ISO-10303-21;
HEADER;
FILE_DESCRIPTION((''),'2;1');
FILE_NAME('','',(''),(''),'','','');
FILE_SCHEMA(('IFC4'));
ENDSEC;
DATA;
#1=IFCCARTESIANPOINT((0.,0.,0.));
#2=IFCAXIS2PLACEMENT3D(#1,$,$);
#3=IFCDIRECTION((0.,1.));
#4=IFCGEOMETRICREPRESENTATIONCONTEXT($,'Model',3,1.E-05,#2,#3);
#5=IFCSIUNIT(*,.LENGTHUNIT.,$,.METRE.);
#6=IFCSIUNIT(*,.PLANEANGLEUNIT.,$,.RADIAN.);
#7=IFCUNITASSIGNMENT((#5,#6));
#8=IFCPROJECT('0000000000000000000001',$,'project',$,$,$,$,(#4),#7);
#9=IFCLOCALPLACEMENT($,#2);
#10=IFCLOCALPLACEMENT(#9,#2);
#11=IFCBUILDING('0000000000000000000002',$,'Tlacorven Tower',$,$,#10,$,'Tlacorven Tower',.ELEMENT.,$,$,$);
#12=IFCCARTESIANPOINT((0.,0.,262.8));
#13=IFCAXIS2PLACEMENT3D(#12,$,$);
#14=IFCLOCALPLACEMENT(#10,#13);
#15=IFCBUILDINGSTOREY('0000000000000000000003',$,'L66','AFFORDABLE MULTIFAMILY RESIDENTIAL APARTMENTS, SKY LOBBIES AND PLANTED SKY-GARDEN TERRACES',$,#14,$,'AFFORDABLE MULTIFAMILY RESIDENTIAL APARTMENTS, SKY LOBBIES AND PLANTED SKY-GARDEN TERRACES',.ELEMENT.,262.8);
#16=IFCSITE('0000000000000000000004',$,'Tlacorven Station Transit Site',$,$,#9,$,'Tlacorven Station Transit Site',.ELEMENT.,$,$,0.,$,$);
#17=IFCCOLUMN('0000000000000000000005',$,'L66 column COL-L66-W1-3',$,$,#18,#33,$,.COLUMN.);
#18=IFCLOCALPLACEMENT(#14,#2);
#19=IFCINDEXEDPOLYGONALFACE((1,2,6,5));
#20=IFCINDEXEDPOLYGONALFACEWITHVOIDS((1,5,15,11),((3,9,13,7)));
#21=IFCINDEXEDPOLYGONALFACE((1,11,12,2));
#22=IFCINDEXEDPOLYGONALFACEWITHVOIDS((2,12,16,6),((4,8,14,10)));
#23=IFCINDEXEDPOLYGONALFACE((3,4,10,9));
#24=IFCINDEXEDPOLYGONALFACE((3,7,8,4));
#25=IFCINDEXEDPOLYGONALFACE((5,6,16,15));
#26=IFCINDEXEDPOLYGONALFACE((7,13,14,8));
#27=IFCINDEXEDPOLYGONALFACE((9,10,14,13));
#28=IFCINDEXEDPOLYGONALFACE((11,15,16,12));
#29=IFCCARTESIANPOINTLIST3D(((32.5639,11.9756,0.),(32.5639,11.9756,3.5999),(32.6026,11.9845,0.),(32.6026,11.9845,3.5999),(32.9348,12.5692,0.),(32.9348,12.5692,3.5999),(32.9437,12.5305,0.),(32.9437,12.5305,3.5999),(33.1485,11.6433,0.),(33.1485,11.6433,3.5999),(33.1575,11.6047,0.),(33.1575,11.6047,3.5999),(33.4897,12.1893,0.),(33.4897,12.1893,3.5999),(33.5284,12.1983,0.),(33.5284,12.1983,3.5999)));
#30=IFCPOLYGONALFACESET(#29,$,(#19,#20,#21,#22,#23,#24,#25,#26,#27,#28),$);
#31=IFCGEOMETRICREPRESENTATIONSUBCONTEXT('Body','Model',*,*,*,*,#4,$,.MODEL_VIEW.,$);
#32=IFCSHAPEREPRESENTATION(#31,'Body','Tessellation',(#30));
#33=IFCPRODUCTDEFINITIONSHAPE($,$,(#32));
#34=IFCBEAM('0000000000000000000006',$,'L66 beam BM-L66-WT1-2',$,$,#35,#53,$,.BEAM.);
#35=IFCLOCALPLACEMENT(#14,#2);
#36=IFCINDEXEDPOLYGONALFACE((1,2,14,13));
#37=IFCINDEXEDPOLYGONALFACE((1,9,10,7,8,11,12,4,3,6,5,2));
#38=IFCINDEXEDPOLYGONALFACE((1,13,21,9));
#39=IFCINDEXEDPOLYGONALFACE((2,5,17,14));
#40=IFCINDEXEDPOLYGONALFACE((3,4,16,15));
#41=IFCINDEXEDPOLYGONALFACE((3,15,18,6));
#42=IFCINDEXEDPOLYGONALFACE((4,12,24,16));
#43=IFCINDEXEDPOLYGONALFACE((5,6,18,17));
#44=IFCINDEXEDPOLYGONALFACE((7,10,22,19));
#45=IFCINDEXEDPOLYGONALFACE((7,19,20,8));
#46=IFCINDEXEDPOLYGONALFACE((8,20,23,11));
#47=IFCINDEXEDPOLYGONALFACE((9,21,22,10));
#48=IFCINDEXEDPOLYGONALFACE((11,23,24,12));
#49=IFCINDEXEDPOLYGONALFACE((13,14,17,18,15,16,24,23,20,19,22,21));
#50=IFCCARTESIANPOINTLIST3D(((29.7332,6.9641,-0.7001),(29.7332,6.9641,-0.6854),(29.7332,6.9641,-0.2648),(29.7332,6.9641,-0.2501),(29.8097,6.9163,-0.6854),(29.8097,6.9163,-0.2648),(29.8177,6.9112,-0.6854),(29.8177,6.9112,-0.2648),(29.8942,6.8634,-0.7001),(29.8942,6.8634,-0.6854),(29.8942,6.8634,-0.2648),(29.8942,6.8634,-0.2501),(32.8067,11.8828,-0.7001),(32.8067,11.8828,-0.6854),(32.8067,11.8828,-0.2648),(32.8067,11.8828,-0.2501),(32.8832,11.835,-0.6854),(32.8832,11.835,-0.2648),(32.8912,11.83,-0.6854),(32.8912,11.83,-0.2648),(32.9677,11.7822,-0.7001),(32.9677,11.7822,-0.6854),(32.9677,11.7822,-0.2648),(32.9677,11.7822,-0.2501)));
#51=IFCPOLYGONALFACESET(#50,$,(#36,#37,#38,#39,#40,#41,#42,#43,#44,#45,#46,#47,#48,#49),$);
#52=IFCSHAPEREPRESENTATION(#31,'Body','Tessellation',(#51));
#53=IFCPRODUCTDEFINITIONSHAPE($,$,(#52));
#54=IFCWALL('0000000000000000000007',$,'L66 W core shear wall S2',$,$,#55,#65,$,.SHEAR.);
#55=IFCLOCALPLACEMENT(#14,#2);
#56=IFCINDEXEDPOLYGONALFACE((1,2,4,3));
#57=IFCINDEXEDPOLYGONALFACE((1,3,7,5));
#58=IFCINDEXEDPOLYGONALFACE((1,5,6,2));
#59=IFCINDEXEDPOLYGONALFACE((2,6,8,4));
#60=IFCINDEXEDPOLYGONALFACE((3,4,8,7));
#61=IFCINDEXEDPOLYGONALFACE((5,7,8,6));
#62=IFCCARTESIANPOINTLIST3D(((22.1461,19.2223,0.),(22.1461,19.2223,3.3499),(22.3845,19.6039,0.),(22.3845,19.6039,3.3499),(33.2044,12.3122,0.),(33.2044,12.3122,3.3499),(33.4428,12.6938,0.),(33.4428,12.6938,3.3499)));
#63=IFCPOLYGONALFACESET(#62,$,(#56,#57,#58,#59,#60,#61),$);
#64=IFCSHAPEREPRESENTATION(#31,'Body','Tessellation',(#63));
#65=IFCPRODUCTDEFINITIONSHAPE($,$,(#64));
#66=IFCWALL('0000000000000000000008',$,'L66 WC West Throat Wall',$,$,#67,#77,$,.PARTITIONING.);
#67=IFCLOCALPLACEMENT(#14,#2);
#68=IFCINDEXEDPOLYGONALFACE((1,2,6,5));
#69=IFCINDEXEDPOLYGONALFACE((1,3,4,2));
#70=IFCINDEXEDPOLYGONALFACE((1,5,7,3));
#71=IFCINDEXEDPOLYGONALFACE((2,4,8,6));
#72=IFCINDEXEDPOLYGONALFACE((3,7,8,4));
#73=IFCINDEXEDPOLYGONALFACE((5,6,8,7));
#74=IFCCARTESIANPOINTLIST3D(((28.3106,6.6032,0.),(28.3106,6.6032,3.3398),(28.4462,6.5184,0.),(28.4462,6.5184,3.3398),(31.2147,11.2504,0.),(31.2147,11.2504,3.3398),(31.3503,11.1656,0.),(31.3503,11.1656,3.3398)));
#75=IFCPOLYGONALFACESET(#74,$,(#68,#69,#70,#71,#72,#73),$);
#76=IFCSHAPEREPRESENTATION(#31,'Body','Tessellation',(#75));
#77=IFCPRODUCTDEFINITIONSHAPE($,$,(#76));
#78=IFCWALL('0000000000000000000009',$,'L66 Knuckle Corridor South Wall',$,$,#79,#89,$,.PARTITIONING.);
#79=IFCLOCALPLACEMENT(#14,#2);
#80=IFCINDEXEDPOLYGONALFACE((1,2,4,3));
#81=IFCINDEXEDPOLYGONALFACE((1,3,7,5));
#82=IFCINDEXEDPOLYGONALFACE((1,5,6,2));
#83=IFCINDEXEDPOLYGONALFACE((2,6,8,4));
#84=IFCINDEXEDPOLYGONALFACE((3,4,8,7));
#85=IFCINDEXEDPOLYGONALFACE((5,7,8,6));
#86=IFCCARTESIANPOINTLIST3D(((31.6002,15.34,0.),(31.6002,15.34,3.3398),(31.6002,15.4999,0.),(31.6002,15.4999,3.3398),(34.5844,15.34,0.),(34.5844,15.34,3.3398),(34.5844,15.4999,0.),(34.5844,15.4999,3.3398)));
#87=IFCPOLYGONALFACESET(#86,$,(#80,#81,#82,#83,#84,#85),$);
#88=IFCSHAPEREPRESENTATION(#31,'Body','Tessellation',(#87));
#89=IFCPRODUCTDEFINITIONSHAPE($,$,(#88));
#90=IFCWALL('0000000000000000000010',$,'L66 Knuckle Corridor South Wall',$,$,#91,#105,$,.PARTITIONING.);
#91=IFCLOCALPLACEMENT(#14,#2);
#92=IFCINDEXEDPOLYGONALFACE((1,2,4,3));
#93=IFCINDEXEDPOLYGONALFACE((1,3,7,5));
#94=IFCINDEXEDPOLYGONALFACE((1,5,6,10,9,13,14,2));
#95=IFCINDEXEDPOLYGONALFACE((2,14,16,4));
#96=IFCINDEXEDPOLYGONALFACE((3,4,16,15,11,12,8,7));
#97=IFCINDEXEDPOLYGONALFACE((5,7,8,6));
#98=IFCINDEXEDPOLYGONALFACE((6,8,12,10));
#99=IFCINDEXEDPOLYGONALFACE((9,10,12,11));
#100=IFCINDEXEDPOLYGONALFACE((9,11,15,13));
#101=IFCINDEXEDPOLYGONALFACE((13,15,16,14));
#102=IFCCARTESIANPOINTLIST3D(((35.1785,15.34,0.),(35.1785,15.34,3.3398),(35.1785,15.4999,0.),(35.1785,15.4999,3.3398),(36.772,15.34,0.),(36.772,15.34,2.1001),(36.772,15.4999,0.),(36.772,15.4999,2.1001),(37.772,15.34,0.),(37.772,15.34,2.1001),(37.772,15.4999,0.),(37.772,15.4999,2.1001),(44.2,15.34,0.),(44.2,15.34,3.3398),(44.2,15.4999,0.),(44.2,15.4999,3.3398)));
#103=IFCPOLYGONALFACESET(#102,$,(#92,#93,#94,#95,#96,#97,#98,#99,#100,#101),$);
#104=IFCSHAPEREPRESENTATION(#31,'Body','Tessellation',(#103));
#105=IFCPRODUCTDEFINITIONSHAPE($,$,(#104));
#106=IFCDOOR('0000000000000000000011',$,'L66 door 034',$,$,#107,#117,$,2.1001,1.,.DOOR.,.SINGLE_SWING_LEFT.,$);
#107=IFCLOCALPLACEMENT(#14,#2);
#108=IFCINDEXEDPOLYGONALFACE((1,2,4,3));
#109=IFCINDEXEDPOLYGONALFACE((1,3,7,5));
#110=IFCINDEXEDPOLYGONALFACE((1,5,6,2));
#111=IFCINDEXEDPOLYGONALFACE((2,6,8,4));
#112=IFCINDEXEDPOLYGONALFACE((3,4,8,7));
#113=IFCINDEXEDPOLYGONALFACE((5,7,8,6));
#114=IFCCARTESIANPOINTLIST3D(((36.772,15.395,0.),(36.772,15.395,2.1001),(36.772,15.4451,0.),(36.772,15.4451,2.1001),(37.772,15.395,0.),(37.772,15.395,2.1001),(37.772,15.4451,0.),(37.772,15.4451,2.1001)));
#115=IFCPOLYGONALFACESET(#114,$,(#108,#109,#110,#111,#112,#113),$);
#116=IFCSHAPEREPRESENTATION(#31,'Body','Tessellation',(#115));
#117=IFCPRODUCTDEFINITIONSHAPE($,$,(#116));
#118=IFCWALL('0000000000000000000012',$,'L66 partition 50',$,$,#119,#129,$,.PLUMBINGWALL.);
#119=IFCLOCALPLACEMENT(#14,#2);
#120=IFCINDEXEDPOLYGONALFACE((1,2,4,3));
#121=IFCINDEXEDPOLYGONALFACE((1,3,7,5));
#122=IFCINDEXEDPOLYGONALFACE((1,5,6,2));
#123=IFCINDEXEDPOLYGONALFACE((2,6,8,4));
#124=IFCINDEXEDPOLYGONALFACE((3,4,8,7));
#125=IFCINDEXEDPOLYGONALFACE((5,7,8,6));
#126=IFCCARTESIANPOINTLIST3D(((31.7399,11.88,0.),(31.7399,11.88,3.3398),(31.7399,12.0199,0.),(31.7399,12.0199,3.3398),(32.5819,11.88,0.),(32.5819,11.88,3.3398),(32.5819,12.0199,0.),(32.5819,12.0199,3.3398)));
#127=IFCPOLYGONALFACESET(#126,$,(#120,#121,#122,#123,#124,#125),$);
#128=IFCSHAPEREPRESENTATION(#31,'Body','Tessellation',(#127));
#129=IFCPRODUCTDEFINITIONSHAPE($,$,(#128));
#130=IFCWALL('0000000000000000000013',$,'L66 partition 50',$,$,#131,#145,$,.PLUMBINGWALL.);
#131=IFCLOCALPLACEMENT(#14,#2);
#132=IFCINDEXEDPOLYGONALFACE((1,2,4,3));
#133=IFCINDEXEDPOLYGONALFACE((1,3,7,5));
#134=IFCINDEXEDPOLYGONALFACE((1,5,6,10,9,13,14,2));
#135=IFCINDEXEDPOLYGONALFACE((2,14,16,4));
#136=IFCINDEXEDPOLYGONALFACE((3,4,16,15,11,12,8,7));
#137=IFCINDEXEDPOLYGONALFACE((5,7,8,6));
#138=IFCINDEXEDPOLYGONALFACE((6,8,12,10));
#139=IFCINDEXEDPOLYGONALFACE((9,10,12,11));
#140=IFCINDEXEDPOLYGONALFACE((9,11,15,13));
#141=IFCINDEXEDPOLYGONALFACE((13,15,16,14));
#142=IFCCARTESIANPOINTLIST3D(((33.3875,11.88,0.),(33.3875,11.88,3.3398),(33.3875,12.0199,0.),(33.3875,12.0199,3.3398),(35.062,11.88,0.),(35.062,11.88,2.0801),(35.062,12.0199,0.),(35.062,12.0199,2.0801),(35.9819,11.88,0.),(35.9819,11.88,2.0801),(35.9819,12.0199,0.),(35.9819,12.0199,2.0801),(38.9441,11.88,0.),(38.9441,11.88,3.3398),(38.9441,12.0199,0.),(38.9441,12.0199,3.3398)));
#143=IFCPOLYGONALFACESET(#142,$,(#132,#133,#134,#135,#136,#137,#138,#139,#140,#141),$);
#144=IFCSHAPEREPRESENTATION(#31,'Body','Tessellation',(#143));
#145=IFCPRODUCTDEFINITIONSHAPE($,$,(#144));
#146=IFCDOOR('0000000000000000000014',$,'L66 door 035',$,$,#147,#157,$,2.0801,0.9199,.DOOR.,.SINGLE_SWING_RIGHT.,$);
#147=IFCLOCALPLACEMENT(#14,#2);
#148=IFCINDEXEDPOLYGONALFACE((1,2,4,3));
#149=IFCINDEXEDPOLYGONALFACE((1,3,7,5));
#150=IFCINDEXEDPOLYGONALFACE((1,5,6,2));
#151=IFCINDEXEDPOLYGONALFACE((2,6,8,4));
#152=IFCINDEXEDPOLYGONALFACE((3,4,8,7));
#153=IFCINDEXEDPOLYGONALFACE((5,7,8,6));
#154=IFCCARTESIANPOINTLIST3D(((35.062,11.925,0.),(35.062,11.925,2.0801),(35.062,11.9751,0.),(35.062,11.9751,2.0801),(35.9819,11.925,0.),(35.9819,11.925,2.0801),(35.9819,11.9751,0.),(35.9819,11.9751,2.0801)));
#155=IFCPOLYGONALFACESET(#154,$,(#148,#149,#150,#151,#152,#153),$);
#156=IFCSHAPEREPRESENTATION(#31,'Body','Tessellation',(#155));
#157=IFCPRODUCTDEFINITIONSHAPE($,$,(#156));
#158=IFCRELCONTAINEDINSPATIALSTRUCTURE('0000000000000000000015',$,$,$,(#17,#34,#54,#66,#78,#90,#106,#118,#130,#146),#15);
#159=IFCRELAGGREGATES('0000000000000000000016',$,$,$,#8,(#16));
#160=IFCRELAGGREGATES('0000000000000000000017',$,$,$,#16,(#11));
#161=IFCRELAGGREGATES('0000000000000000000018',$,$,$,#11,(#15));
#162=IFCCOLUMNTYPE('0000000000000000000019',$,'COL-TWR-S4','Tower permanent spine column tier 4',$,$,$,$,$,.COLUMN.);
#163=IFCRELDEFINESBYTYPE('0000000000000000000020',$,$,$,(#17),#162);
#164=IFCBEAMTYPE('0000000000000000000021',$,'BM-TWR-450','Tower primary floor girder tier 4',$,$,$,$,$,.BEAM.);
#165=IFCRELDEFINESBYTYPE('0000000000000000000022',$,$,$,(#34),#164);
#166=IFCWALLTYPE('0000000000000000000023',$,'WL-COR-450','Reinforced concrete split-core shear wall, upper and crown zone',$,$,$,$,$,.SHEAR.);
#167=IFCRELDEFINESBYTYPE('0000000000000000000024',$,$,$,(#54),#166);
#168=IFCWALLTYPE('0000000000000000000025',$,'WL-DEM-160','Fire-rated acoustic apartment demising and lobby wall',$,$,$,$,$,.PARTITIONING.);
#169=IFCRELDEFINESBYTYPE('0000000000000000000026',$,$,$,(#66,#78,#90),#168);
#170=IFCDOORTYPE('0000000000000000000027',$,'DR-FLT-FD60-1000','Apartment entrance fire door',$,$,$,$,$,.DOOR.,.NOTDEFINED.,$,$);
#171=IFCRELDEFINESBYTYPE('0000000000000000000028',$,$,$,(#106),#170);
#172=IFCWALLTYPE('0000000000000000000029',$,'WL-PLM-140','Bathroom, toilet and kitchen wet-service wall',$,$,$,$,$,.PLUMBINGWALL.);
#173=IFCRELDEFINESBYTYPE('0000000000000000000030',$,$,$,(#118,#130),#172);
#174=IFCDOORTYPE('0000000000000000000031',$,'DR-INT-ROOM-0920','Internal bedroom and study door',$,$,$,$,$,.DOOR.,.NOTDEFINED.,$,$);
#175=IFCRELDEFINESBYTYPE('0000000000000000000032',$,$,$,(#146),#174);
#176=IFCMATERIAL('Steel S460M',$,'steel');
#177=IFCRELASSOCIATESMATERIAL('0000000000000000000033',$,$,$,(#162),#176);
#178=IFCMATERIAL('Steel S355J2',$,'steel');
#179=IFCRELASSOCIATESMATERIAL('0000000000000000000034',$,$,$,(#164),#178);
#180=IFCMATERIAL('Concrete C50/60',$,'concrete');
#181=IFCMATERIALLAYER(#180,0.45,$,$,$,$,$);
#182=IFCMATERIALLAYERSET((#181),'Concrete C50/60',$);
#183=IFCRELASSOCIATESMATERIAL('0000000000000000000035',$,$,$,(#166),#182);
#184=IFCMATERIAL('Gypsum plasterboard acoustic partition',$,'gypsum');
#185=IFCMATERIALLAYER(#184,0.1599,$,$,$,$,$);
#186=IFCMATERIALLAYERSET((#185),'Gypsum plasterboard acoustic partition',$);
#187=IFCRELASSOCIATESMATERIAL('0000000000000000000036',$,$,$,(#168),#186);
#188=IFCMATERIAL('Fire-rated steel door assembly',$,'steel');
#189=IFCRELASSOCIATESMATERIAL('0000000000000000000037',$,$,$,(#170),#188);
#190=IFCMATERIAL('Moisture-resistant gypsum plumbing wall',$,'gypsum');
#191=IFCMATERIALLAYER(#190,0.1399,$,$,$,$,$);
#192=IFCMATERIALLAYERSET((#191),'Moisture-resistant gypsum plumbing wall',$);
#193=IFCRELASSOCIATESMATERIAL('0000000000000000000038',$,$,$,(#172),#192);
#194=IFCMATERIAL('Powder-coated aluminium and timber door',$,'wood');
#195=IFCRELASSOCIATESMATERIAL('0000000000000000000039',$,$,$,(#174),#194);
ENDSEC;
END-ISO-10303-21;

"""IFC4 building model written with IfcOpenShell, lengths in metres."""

from ifc_helpers import new_model, si_unit, direction, frame, frame_2d, origin, origin_2d, place, context, subcontext, project, spatial, rectangle, hollow_rectangle, i_section, extrude, source, transform, mapped, material, layer, layer_set, material_profile, profile_set, type_object, element, fill, save


model = new_model("IFC4")

# Units and contexts
model_context = context("Model", 3, precision=1e-05, world=origin(), true_north=direction((0.0, 1.0)))
body_context = subcontext(model_context, "Body", "Model", "MODEL_VIEW")
ifc_project = project(units=[si_unit("LENGTHUNIT", "METRE"), si_unit("PLANEANGLEUNIT", "RADIAN")], contexts=[model_context])

# Site, building, storey
site_placement = place(None, origin())
site = spatial("IfcSite", under=ifc_project, at=site_placement, Name="Tlacorven Station Transit Site", LongName="Tlacorven Station Transit Site", CompositionType="ELEMENT", RefElevation=0.0)
building_placement = place(site_placement, origin())
building = spatial("IfcBuilding", under=site, at=building_placement, Name="Tlacorven Tower", LongName="Tlacorven Tower", CompositionType="ELEMENT")
storey_placement = place(building_placement, frame((0.0, 0.0, 262.8)))
storey = spatial("IfcBuildingStorey", under=building, at=storey_placement, Name="L66", Description="AFFORDABLE MULTIFAMILY RESIDENTIAL APARTMENTS, SKY LOBBIES AND PLANTED SKY-GARDEN TERRACES", LongName="AFFORDABLE MULTIFAMILY RESIDENTIAL APARTMENTS, SKY LOBBIES AND PLANTED SKY-GARDEN TERRACES", CompositionType="ELEMENT", Elevation=262.8)

# Column
ifc_material_1 = material(Name="Steel S460M", Category="steel")
ifc_material_profile_1 = material_profile(ifc_material_1, hollow_rectangle(XDim=0.7, YDim=0.7, WallThickness=0.0281, at=origin_2d()), Name="BOX 700X700X28")
ifc_profile_set_1 = profile_set([ifc_material_profile_1], Name="Steel S460M")
column_type = type_object("IfcColumnType", Name="COL-TWR-S4", Description="Tower permanent spine column tier 4", PredefinedType="COLUMN", material=ifc_profile_set_1)
shared_shape_1 = source(origin(), body_context, "Body", "SweptSolid", [
    extrude(hollow_rectangle(XDim=0.7, YDim=0.7, WallThickness=0.0281, at=origin_2d()), origin(), (0.0, 0.0, 1.0), 3.5999),
])
column_placement = place(storey_placement, frame((33.0461, 12.0869, 0.0), z_axis=(0.0, 0.0, 1.0), x_axis=(-0.848048, 0.529919, 0.0)))
element("IfcColumn", 1, at=column_placement, inside=storey, type_object=column_type, Name="L66 column COL-L66-W1-3", PredefinedType="COLUMN", context=body_context, shape_type="MappedRepresentation", body=[
    mapped(shared_shape_1, transform((0.0, 0.0, 0.0), scale=1.0)),
])

# Beam
ifc_material_2 = material(Name="Steel S355J2", Category="steel")
ifc_material_profile_2 = material_profile(ifc_material_2, i_section(OverallWidth=0.1899, OverallDepth=0.45, WebThickness=0.0095, FlangeThickness=0.0146, at=origin_2d()), Name="IPE 450")
ifc_profile_set_2 = profile_set([ifc_material_profile_2], Name="Steel S355J2")
beam_type = type_object("IfcBeamType", Name="BM-TWR-450", Description="Tower primary floor girder tier 4", PredefinedType="BEAM", material=ifc_profile_set_2)
shared_shape_2 = source(origin(), body_context, "Body", "SweptSolid", [
    extrude(i_section(OverallWidth=0.1899, OverallDepth=0.45, WebThickness=0.0095, FlangeThickness=0.0146, at=origin_2d()), origin(), (0.0, 0.0, 1.0), 5.8),
])
beam_placement = place(storey_placement, frame((32.8872, 11.8325, -0.4751), z_axis=(-0.529912, -0.848053, 0.0), x_axis=(0.848053, -0.529912, 0.0)))
element("IfcBeam", 2, at=beam_placement, inside=storey, type_object=beam_type, Name="L66 beam BM-L66-WT1-2", PredefinedType="BEAM", context=body_context, shape_type="MappedRepresentation", body=[
    mapped(shared_shape_2, transform((0.0, 0.0, 0.0), scale=1.0)),
])

# Walls
ifc_material_3 = material(Name="Concrete C50/60", Category="concrete")
ifc_layer_1 = layer(ifc_material_3, 0.45)
ifc_layer_set_1 = layer_set([ifc_layer_1], Name="Concrete C50/60")
wall_type_1 = type_object("IfcWallType", Name="WL-COR-450", Description="Reinforced concrete split-core shear wall, upper and crown zone", PredefinedType="SHEAR", material=ifc_layer_set_1)
wall_1_placement = place(storey_placement, frame((33.3237, 12.5029, 0.0), z_axis=(0.0, 0.0, 1.0), x_axis=(-0.848044, 0.529927, 0.0)))
element("IfcWall", 3, at=wall_1_placement, inside=storey, type_object=wall_type_1, Name="L66 W core shear wall S2", PredefinedType="SHEAR", context=body_context, shape_type="SweptSolid", body=[
    extrude(rectangle(XDim=13.0398, YDim=0.45, at=frame_2d((6.52, 0.0))), origin(), (0.0, 0.0, 1.0), 3.3499),
])
ifc_material_4 = material(Name="Gypsum plasterboard acoustic partition", Category="gypsum")
ifc_layer_2 = layer(ifc_material_4, 0.1599)
ifc_layer_set_2 = layer_set([ifc_layer_2], Name="Gypsum plasterboard acoustic partition")
wall_type_2 = type_object("IfcWallType", Name="WL-DEM-160", Description="Fire-rated acoustic apartment demising and lobby wall", PredefinedType="PARTITIONING", material=ifc_layer_set_2)
wall_2_placement = place(storey_placement, frame((31.2825, 11.208, 0.0), z_axis=(0.0, 0.0, 1.0), x_axis=(-0.529939, -0.848036, 0.0)))
element("IfcWall", 4, at=wall_2_placement, inside=storey, type_object=wall_type_2, Name="L66 WC West Throat Wall", PredefinedType="PARTITIONING", context=body_context, shape_type="SweptSolid", body=[
    extrude(rectangle(XDim=5.48, YDim=0.1599, at=frame_2d((2.74, 0.0))), origin(), (0.0, 0.0, 1.0), 3.3398),
])
wall_3_placement = place(storey_placement, frame((31.6001, 15.4199, 0.0), z_axis=(0.0, 0.0, 1.0), x_axis=(1.0, 0.0, 0.0)))
element("IfcWall", 5, at=wall_3_placement, inside=storey, type_object=wall_type_2, Name="L66 Knuckle Corridor South Wall", PredefinedType="PARTITIONING", context=body_context, shape_type="SweptSolid", body=[
    extrude(rectangle(XDim=2.9841, YDim=0.1599, at=frame_2d((1.4922, 0.0))), origin(), (0.0, 0.0, 1.0), 3.3398),
])

# Wall, opening, door
wall_4_placement = place(storey_placement, frame((35.1785, 15.4199, 0.0), z_axis=(0.0, 0.0, 1.0), x_axis=(1.0, 0.0, 0.0)))
wall_4 = element("IfcWall", 6, at=wall_4_placement, inside=storey, type_object=wall_type_2, Name="L66 Knuckle Corridor South Wall", PredefinedType="PARTITIONING", context=body_context, shape_type="SweptSolid", body=[
    extrude(rectangle(XDim=9.0215, YDim=0.1599, at=frame_2d((4.5107, 0.0))), origin(), (0.0, 0.0, 1.0), 3.3398),
])
opening_1_placement = place(wall_4_placement, frame((1.5935, 0.0, 0.0)))
opening_1 = element("IfcOpeningElement", 7, at=opening_1_placement, cuts=wall_4, PredefinedType="OPENING", context=body_context, shape_type="SweptSolid", body=[
    extrude(rectangle(XDim=1.0, YDim=2.1001, at=frame_2d((0.5, 1.05))), frame((0.0, 0.0898, 0.0), z_axis=(0.0, -1.0, 0.0), x_axis=(1.0, 0.0, 0.0)), (0.0, 0.0, 1.0), 0.1799),
])
ifc_material_5 = material(Name="Fire-rated steel door assembly", Category="steel")
door_type_1 = type_object("IfcDoorType", Name="DR-FLT-FD60-1000", Description="Apartment entrance fire door", OperationType="NOTDEFINED", PredefinedType="DOOR", material=ifc_material_5)
shared_shape_3 = source(origin(), body_context, "Body", "SweptSolid", [
    extrude(rectangle(XDim=1.0, YDim=2.1001, at=frame_2d((0.5, 1.05))), frame((0.0, 0.0249, 0.0), z_axis=(0.0, -1.0, 0.0), x_axis=(1.0, 0.0, 0.0)), (0.0, 0.0, 1.0), 0.05),
])
door_1_placement = place(opening_1_placement, frame((1.0, 0.0, 0.0), z_axis=(0.0, 0.0, 1.0), x_axis=(-1.0, 0.0, 0.0)))
door_1 = element("IfcDoor", 8, at=door_1_placement, inside=storey, type_object=door_type_1, Name="L66 door 034", OperationType="SINGLE_SWING_LEFT", OverallHeight=2.1001, OverallWidth=1.0, PredefinedType="DOOR", context=body_context, shape_type="MappedRepresentation", body=[
    mapped(shared_shape_3, transform((0.0, 0.0, 0.0), scale=1.0)),
])
fill(opening_1, door_1)

# Wall
ifc_material_6 = material(Name="Moisture-resistant gypsum plumbing wall", Category="gypsum")
ifc_layer_3 = layer(ifc_material_6, 0.1399)
ifc_layer_set_3 = layer_set([ifc_layer_3], Name="Moisture-resistant gypsum plumbing wall")
wall_type_3 = type_object("IfcWallType", Name="WL-PLM-140", Description="Bathroom, toilet and kitchen wet-service wall", PredefinedType="PLUMBINGWALL", material=ifc_layer_set_3)
wall_5_placement = place(storey_placement, frame((31.74, 11.95, 0.0), z_axis=(0.0, 0.0, 1.0), x_axis=(1.0, 0.0, 0.0)))
element("IfcWall", 9, at=wall_5_placement, inside=storey, type_object=wall_type_3, Name="L66 partition 50", PredefinedType="PLUMBINGWALL", context=body_context, shape_type="SweptSolid", body=[
    extrude(rectangle(XDim=0.842, YDim=0.1399, at=frame_2d((0.4209, 0.0))), origin(), (0.0, 0.0, 1.0), 3.3398),
])

# Wall, opening, door
wall_6_placement = place(storey_placement, frame((33.3875, 11.95, 0.0), z_axis=(0.0, 0.0, 1.0), x_axis=(1.0, 0.0, 0.0)))
wall_6 = element("IfcWall", 10, at=wall_6_placement, inside=storey, type_object=wall_type_3, Name="L66 partition 50", PredefinedType="PLUMBINGWALL", context=body_context, shape_type="SweptSolid", body=[
    extrude(rectangle(XDim=5.5566, YDim=0.1399, at=frame_2d((2.7783, 0.0))), origin(), (0.0, 0.0, 1.0), 3.3398),
])
opening_2_placement = place(wall_6_placement, frame((1.6746, 0.0, 0.0)))
opening_2 = element("IfcOpeningElement", 11, at=opening_2_placement, cuts=wall_6, PredefinedType="OPENING", context=body_context, shape_type="SweptSolid", body=[
    extrude(rectangle(XDim=0.9199, YDim=2.0801, at=frame_2d((0.46, 1.04))), frame((0.0, 0.0801, 0.0), z_axis=(0.0, -1.0, 0.0), x_axis=(1.0, 0.0, 0.0)), (0.0, 0.0, 1.0), 0.1599),
])
ifc_material_7 = material(Name="Powder-coated aluminium and timber door", Category="wood")
door_type_2 = type_object("IfcDoorType", Name="DR-INT-ROOM-0920", Description="Internal bedroom and study door", OperationType="NOTDEFINED", PredefinedType="DOOR", material=ifc_material_7)
shared_shape_4 = source(origin(), body_context, "Body", "SweptSolid", [
    extrude(rectangle(XDim=0.9199, YDim=2.0801, at=frame_2d((0.46, 1.04))), frame((0.0, 0.0249, 0.0), z_axis=(0.0, -1.0, 0.0), x_axis=(1.0, 0.0, 0.0)), (0.0, 0.0, 1.0), 0.05),
])
door_2_placement = place(opening_2_placement, frame((0.9199, 0.0, 0.0), z_axis=(0.0, 0.0, 1.0), x_axis=(-1.0, 0.0, 0.0)))
door_2 = element("IfcDoor", 12, at=door_2_placement, inside=storey, type_object=door_type_2, Name="L66 door 035", OperationType="SINGLE_SWING_RIGHT", OverallHeight=2.0801, OverallWidth=0.9199, PredefinedType="DOOR", context=body_context, shape_type="MappedRepresentation", body=[
    mapped(shared_shape_4, transform((0.0, 0.0, 0.0), scale=1.0)),
])
fill(opening_2, door_2)

save(model, "model.ifc")
